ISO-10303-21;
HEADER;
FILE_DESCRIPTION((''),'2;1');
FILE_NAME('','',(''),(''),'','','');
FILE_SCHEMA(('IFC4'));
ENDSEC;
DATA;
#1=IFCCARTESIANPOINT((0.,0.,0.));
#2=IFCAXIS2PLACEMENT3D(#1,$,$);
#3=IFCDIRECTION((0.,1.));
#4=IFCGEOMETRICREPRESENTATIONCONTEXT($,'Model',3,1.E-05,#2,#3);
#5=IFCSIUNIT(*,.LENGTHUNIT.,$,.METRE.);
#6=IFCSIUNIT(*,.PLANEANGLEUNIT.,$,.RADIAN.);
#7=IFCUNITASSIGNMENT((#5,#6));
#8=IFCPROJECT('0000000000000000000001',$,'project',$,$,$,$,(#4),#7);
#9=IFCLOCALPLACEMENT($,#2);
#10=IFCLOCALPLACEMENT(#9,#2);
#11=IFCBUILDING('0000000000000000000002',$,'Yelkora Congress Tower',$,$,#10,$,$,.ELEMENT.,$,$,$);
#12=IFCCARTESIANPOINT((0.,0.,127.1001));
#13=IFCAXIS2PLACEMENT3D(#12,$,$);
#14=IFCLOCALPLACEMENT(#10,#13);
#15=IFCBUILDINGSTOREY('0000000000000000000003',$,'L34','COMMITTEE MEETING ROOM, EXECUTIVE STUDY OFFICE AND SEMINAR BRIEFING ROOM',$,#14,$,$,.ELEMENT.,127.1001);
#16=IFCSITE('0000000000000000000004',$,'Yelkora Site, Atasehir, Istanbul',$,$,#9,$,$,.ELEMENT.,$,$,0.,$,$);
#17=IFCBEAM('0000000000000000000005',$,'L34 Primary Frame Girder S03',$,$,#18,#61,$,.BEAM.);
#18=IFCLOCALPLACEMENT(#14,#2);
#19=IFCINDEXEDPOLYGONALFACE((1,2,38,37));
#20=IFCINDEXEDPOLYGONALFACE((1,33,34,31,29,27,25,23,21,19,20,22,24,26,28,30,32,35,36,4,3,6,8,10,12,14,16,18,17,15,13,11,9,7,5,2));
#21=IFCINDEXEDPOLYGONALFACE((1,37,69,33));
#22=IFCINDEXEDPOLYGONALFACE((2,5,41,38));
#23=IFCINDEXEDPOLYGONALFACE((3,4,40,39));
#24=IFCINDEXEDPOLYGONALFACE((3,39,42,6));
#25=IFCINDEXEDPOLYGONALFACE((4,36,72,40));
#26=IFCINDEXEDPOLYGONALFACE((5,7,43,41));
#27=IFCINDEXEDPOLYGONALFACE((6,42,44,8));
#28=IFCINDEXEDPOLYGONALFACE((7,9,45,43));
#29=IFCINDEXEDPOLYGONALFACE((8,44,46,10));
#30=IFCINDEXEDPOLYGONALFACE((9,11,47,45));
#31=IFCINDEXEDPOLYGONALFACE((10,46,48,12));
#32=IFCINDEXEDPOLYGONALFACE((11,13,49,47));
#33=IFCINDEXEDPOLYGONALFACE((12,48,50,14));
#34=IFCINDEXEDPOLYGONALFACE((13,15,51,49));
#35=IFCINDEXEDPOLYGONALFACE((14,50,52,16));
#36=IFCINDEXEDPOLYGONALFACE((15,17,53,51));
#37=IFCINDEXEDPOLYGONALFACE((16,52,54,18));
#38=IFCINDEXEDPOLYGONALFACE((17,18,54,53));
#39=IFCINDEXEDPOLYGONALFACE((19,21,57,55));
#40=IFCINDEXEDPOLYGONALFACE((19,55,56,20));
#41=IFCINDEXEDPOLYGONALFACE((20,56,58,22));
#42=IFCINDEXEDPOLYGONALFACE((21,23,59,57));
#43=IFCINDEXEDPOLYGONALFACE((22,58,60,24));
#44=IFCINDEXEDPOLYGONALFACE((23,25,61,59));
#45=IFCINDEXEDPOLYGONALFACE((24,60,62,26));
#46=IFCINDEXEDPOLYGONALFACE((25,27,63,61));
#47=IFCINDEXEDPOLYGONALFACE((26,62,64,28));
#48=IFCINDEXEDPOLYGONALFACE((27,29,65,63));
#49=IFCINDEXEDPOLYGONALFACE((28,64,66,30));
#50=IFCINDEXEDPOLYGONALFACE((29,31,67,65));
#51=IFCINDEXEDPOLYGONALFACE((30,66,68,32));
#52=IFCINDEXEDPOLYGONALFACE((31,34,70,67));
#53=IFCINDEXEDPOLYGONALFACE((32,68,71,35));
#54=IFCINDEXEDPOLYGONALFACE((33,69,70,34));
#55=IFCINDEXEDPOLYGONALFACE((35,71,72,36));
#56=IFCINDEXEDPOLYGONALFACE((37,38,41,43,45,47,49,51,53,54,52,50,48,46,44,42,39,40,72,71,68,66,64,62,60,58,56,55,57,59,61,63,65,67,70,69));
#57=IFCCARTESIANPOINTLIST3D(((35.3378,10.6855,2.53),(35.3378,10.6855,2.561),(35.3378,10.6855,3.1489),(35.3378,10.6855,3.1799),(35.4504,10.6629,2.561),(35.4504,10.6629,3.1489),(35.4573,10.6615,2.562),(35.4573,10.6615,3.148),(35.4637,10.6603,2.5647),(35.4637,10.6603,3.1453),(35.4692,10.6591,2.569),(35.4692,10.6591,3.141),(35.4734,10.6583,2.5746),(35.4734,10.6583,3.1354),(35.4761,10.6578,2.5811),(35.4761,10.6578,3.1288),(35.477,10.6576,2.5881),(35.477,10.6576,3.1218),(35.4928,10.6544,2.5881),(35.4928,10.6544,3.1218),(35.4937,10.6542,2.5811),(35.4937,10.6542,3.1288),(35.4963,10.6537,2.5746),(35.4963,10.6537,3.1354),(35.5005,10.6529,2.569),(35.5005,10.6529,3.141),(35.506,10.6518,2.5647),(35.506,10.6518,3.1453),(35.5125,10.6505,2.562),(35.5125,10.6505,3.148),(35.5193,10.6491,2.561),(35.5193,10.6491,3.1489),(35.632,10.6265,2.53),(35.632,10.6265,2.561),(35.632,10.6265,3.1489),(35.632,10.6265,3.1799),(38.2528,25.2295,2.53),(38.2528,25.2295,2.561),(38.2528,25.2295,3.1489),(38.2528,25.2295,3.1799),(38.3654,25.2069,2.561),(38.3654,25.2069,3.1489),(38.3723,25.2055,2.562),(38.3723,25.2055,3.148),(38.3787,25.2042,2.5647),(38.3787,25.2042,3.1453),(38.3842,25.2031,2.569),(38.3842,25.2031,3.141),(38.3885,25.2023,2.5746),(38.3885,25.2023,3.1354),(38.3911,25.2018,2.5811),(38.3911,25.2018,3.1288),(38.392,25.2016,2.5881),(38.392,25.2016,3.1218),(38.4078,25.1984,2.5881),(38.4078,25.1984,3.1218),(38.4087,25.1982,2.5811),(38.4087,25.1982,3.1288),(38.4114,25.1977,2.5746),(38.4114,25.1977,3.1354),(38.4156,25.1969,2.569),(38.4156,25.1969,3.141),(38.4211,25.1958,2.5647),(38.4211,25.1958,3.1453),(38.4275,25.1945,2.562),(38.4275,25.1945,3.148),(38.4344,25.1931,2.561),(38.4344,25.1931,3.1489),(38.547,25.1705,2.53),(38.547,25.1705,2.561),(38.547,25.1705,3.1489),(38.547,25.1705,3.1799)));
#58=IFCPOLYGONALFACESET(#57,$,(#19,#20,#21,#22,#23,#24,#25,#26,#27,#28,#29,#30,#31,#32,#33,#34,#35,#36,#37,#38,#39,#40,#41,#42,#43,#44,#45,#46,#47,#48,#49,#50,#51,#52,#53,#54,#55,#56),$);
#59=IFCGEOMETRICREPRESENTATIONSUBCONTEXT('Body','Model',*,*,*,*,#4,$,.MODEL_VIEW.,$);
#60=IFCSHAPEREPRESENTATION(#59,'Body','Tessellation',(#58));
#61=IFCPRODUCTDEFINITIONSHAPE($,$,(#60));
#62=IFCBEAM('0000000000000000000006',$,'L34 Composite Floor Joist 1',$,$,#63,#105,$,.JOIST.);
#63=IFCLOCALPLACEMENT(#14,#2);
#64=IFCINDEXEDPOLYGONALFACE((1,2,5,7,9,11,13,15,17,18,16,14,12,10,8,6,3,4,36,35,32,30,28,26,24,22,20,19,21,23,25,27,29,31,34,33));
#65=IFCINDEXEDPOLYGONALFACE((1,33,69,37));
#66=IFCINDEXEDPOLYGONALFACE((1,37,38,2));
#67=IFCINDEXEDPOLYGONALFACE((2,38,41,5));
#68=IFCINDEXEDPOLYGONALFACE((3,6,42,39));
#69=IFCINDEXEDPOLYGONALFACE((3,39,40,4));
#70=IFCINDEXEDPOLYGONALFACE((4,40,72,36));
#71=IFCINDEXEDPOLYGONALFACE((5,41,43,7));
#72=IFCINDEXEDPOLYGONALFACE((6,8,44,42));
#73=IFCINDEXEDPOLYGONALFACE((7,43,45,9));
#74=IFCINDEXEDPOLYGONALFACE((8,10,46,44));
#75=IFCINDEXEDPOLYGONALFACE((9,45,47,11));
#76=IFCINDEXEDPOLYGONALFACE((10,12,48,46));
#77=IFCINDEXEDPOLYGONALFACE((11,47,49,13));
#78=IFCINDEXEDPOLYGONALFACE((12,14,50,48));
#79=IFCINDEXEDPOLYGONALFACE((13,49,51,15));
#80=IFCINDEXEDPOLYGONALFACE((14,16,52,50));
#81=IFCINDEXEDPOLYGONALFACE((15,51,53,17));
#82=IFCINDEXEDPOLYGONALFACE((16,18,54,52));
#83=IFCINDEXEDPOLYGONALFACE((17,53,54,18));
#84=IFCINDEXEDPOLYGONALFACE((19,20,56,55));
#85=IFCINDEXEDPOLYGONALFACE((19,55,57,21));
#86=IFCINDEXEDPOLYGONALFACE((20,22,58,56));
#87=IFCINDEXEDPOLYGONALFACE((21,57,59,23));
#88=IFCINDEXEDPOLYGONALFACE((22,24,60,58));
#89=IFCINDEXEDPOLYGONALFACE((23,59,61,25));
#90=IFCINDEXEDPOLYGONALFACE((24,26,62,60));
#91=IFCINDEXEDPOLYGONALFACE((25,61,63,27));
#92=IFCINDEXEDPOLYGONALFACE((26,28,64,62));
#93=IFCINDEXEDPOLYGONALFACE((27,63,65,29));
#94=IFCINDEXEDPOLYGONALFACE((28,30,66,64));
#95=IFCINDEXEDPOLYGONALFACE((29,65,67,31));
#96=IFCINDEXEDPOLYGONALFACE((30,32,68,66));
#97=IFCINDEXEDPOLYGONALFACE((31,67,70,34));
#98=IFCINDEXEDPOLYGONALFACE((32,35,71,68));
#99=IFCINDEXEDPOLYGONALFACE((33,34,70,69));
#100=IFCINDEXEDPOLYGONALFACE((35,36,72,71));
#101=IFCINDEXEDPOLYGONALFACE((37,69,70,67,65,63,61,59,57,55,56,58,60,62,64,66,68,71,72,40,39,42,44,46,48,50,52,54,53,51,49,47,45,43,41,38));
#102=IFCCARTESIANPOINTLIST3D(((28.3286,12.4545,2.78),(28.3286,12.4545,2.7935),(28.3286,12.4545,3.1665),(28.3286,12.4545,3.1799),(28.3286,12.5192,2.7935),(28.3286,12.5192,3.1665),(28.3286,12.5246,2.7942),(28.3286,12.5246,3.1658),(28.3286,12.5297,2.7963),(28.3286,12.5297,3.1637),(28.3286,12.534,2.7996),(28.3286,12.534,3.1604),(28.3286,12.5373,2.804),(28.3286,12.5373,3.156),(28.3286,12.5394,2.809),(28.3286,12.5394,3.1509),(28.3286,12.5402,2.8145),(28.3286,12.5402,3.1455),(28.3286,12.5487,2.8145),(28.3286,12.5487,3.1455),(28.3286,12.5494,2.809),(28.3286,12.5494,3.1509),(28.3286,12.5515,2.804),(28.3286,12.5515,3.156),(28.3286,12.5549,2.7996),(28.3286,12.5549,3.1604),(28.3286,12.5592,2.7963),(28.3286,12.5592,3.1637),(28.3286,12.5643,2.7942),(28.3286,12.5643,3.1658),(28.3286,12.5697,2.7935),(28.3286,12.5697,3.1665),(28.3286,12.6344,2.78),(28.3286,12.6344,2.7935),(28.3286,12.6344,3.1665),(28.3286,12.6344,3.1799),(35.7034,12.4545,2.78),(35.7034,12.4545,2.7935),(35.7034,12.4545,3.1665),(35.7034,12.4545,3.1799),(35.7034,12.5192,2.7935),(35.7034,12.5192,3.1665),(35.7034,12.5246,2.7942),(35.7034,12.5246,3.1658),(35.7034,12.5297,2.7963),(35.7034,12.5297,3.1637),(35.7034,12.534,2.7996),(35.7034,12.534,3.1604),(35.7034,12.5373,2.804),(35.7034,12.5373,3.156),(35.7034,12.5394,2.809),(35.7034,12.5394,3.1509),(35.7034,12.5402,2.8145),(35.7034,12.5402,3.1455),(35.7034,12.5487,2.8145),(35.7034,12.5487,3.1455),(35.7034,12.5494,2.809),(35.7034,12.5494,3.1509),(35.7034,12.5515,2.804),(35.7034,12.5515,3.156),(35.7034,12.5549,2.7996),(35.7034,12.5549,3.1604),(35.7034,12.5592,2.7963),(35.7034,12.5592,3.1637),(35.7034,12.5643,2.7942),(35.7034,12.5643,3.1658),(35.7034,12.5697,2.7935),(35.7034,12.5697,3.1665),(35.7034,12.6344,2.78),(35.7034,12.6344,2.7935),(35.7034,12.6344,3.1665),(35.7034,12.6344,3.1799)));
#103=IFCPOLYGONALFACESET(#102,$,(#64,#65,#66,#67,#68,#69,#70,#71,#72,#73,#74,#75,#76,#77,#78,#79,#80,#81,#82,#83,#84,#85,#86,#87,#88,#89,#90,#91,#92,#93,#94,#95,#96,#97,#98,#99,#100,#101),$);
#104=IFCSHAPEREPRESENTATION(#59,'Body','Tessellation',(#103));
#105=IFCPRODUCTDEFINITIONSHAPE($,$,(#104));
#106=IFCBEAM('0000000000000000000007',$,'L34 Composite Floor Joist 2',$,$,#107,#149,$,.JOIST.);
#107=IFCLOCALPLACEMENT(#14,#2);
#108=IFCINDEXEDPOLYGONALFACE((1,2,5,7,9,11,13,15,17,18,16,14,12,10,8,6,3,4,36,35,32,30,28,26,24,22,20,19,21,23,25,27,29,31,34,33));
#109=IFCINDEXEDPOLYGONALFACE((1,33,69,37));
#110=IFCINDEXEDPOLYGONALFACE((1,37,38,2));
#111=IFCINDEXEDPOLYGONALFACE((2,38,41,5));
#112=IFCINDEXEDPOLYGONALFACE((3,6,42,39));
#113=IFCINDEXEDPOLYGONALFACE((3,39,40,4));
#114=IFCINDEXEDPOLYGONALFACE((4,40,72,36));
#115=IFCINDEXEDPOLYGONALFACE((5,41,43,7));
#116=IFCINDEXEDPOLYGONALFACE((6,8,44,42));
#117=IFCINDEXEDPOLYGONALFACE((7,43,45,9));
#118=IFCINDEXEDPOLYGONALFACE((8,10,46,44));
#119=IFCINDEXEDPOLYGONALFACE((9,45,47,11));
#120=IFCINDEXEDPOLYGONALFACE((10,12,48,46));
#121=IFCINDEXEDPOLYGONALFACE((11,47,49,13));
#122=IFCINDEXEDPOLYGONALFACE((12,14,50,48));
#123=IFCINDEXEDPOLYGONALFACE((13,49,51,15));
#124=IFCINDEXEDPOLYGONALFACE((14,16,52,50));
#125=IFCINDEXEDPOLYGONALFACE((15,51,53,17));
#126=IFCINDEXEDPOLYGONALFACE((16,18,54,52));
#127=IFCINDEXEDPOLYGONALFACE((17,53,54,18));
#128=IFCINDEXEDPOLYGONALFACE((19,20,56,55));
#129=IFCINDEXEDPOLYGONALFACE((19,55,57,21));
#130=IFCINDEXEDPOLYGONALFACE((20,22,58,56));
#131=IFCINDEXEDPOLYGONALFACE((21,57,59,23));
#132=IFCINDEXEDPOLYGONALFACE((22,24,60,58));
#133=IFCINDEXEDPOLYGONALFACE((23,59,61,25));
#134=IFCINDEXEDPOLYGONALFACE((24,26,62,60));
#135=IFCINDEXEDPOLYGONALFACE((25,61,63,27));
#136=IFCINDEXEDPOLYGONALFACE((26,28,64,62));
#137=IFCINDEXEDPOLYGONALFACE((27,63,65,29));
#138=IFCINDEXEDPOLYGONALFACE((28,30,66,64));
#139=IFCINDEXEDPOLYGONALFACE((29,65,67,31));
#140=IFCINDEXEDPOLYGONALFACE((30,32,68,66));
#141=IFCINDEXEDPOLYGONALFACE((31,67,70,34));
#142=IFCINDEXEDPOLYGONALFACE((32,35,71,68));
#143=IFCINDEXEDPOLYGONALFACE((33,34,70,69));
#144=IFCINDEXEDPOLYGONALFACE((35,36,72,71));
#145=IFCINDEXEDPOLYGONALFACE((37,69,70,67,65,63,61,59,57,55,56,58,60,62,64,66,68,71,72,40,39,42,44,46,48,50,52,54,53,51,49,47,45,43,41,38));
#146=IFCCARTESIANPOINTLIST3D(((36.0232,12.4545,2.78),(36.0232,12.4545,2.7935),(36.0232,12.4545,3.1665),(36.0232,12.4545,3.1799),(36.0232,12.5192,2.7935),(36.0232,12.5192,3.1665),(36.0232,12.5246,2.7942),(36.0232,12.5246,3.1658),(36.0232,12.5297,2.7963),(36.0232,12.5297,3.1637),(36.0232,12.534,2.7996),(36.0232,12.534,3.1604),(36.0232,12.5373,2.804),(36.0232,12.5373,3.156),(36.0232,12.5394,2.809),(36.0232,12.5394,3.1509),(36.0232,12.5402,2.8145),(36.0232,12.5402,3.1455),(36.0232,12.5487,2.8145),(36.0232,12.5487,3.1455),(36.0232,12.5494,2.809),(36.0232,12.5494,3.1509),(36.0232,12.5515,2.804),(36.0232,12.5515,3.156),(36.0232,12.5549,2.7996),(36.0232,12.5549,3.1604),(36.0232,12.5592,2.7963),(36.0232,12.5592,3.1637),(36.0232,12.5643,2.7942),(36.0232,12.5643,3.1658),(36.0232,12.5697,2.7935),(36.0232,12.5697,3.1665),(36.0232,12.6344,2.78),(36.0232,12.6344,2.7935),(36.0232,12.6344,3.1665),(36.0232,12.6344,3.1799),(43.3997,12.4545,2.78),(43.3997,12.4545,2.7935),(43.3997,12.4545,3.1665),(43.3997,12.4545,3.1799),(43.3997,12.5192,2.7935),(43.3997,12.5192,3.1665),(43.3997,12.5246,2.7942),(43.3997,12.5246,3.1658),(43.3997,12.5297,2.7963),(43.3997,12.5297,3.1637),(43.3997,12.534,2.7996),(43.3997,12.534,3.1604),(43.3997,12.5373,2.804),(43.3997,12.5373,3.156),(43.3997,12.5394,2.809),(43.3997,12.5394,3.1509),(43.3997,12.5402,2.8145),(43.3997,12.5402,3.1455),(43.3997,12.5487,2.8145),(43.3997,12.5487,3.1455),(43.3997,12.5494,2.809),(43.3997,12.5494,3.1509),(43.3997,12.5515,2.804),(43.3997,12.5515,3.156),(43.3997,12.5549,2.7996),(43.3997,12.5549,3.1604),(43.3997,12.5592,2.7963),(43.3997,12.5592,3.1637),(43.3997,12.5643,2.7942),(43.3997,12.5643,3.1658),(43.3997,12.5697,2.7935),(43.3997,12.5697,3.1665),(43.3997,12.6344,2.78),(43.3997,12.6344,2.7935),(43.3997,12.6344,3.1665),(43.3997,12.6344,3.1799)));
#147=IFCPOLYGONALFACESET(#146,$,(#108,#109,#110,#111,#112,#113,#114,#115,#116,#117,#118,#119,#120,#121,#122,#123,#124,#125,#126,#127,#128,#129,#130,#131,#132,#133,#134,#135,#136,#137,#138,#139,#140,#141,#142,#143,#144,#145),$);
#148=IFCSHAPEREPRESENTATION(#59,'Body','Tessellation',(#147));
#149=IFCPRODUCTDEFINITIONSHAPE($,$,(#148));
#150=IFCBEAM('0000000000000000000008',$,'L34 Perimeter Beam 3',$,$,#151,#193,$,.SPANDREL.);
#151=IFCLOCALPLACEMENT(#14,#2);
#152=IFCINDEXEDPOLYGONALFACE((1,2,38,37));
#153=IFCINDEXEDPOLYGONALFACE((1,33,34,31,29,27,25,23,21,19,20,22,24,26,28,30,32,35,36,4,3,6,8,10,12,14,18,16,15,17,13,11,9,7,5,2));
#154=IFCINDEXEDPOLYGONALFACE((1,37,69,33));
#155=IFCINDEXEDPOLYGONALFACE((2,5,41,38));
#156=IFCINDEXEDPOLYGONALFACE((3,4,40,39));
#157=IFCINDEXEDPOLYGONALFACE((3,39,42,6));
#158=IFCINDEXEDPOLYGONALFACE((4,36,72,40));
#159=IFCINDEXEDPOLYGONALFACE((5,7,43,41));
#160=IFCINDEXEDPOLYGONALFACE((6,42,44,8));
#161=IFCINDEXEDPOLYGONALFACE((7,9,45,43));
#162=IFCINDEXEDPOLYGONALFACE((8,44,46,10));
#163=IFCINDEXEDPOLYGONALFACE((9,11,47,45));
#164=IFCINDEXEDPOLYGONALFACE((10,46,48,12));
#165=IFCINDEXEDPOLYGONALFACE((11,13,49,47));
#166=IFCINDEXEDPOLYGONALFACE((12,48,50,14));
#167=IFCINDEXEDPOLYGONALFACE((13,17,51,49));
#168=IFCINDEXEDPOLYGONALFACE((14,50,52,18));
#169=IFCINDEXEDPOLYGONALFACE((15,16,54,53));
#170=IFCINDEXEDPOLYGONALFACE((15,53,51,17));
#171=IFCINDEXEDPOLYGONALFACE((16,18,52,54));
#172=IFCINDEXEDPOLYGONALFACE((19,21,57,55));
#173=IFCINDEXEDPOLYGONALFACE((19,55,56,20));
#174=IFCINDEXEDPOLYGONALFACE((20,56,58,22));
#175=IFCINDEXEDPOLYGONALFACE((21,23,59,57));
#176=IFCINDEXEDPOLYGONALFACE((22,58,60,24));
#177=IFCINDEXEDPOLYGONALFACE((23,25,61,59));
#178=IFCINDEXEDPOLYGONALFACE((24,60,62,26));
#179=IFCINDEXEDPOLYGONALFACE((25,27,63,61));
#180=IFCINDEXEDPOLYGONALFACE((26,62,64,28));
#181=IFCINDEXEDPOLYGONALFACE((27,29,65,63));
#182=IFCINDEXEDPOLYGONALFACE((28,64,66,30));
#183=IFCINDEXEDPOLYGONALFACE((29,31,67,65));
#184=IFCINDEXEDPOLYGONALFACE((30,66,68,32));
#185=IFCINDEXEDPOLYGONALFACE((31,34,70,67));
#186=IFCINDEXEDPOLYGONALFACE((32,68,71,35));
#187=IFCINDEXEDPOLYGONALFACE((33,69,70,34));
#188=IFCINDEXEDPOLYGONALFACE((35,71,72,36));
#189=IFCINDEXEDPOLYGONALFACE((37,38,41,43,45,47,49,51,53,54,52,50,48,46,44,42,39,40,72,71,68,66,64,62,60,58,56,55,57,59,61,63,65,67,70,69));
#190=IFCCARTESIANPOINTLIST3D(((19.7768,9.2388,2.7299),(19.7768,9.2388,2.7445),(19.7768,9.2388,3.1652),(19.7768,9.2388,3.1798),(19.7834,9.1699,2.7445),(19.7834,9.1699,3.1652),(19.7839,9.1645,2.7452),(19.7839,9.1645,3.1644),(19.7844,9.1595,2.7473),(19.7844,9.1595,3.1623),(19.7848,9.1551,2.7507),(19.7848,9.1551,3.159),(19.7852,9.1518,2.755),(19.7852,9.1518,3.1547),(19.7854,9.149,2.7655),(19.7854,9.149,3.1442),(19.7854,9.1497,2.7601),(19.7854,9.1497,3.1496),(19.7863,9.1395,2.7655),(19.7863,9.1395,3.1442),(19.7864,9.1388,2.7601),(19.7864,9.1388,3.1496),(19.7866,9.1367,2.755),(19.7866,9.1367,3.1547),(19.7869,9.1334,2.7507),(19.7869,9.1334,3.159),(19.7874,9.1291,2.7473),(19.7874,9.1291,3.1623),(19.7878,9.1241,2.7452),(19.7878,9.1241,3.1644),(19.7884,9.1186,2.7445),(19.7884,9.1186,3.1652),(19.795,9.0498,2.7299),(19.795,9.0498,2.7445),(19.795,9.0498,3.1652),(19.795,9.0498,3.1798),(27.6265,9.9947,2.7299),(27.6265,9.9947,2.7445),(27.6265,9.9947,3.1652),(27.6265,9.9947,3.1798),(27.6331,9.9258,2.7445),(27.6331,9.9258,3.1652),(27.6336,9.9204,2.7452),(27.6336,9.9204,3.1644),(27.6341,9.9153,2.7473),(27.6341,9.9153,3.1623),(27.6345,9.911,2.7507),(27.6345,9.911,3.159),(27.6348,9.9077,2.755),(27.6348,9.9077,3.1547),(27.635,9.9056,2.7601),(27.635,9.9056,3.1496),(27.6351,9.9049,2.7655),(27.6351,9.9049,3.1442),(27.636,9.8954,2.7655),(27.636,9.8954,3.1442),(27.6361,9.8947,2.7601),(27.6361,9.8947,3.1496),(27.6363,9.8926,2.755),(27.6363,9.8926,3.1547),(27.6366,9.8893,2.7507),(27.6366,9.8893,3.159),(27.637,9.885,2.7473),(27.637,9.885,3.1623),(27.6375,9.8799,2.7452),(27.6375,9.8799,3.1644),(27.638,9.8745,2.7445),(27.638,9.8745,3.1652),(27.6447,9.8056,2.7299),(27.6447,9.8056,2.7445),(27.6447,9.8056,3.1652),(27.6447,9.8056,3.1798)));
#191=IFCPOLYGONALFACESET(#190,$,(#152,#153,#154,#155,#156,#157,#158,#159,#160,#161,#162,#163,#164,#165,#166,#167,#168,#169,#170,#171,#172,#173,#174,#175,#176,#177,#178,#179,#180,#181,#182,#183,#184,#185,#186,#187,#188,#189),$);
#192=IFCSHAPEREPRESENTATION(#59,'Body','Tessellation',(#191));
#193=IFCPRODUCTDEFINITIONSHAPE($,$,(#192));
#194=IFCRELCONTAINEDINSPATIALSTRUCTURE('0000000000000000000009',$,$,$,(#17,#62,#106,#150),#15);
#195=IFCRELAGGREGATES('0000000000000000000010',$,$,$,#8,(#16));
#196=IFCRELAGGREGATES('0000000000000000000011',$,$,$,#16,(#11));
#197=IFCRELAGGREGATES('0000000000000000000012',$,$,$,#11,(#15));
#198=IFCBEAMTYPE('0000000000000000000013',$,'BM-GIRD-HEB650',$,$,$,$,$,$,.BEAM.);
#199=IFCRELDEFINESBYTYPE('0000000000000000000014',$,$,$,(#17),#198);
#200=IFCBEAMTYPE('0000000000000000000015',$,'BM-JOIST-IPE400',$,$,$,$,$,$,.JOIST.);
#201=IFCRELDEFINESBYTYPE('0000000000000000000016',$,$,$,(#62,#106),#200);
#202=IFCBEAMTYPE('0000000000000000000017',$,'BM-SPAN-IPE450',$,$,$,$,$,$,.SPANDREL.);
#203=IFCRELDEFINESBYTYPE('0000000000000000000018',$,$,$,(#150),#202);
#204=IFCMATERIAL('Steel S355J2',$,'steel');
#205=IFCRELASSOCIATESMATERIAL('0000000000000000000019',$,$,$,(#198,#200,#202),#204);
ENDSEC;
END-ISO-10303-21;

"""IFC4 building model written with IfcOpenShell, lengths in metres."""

from ifc_helpers import new_model, si_unit, direction, frame, origin, origin_2d, place, context, subcontext, project, spatial, i_section, extrude, material, material_profile, profile_set, type_object, element, save


model = new_model("IFC4")

# Units and contexts
model_context = context("Model", 3, precision=1e-05, world=origin(), true_north=direction((0.0, 1.0)))
body_context = subcontext(model_context, "Body", "Model", "MODEL_VIEW")
ifc_project = project(units=[si_unit("LENGTHUNIT", "METRE"), si_unit("PLANEANGLEUNIT", "RADIAN")], contexts=[model_context])

# Site, building, storey
site_placement = place(None, origin())
site = spatial("IfcSite", under=ifc_project, at=site_placement, Name="Yelkora Site, Atasehir, Istanbul", CompositionType="ELEMENT", RefElevation=0.0)
building_placement = place(site_placement, origin())
building = spatial("IfcBuilding", under=site, at=building_placement, Name="Yelkora Congress Tower", CompositionType="ELEMENT")
storey_placement = place(building_placement, frame((0.0, 0.0, 127.1001)))
storey = spatial("IfcBuildingStorey", under=building, at=storey_placement, Name="L34", Description="COMMITTEE MEETING ROOM, EXECUTIVE STUDY OFFICE AND SEMINAR BRIEFING ROOM", CompositionType="ELEMENT", Elevation=127.1001)

# Beams
ifc_material_1 = material(Name="Steel S355J2", Category="steel")
ifc_material_profile_1 = material_profile(ifc_material_1, i_section(OverallWidth=0.3, OverallDepth=0.6499, WebThickness=0.0161, FlangeThickness=0.031, FilletRadius=0.0271, at=origin_2d()), Name="HEB 650")
ifc_profile_set_1 = profile_set([ifc_material_profile_1], Name="Steel S355J2")
beam_type_1 = type_object("IfcBeamType", Name="BM-GIRD-HEB650", PredefinedType="BEAM", material=ifc_profile_set_1)
beam_1_placement = place(storey_placement, frame((35.4849, 10.656, 2.855), z_axis=(0.196521, 0.9805, 0.0), x_axis=(-0.9805, 0.196521, 0.0)))
element("IfcBeam", 1, at=beam_1_placement, inside=storey, type_object=beam_type_1, Name="L34 Primary Frame Girder S03", PredefinedType="BEAM", context=body_context, shape_type="SweptSolid", body=[
    extrude(i_section(OverallWidth=0.3, OverallDepth=0.6499, WebThickness=0.0161, FlangeThickness=0.031, FilletRadius=0.0271, at=origin_2d()), origin(), (0.0, 0.0, 1.0), 14.8333),
])
ifc_material_profile_2 = material_profile(ifc_material_1, i_section(OverallWidth=0.1799, OverallDepth=0.3999, WebThickness=0.0085, FlangeThickness=0.0134, FilletRadius=0.021, at=origin_2d()), Name="IPE 400")
ifc_profile_set_2 = profile_set([ifc_material_profile_2], Name="Steel S355J2")
beam_type_2 = type_object("IfcBeamType", Name="BM-JOIST-IPE400", PredefinedType="JOIST", material=ifc_profile_set_2)
beam_2_placement = place(storey_placement, frame((28.3286, 12.5444, 2.98), z_axis=(1.0, 0.0, 0.0), x_axis=(0.0, 1.0, 0.0)))
element("IfcBeam", 2, at=beam_2_placement, inside=storey, type_object=beam_type_2, Name="L34 Composite Floor Joist 1", PredefinedType="JOIST", context=body_context, shape_type="SweptSolid", body=[
    extrude(i_section(OverallWidth=0.1799, OverallDepth=0.3999, WebThickness=0.0085, FlangeThickness=0.0134, FilletRadius=0.021, at=origin_2d()), origin(), (0.0, 0.0, 1.0), 7.3748),
])
beam_3_placement = place(storey_placement, frame((36.0232, 12.5444, 2.98), z_axis=(1.0, 0.0, 0.0), x_axis=(0.0, 1.0, 0.0)))
element("IfcBeam", 3, at=beam_3_placement, inside=storey, type_object=beam_type_2, Name="L34 Composite Floor Joist 2", PredefinedType="JOIST", context=body_context, shape_type="SweptSolid", body=[
    extrude(i_section(OverallWidth=0.1799, OverallDepth=0.3999, WebThickness=0.0085, FlangeThickness=0.0134, FilletRadius=0.021, at=origin_2d()), origin(), (0.0, 0.0, 1.0), 7.3765),
])
ifc_material_profile_3 = material_profile(ifc_material_1, i_section(OverallWidth=0.1899, OverallDepth=0.45, WebThickness=0.0095, FlangeThickness=0.0146, FilletRadius=0.021, at=origin_2d()), Name="IPE 450")
ifc_profile_set_3 = profile_set([ifc_material_profile_3], Name="Steel S355J2")
beam_type_3 = type_object("IfcBeamType", Name="BM-SPAN-IPE450", PredefinedType="SPANDREL", material=ifc_profile_set_3)
beam_4_placement = place(storey_placement, frame((19.7859, 9.1443, 2.9548), z_axis=(0.995396, 0.095849, 0.0), x_axis=(-0.095849, 0.995396, 0.0)))
element("IfcBeam", 4, at=beam_4_placement, inside=storey, type_object=beam_type_3, Name="L34 Perimeter Beam 3", PredefinedType="SPANDREL", context=body_context, shape_type="SweptSolid", body=[
    extrude(i_section(OverallWidth=0.1899, OverallDepth=0.45, WebThickness=0.0095, FlangeThickness=0.0146, FilletRadius=0.021, at=origin_2d()), origin(), (0.0, 0.0, 1.0), 7.886),
])

save(model, "model.ifc")
